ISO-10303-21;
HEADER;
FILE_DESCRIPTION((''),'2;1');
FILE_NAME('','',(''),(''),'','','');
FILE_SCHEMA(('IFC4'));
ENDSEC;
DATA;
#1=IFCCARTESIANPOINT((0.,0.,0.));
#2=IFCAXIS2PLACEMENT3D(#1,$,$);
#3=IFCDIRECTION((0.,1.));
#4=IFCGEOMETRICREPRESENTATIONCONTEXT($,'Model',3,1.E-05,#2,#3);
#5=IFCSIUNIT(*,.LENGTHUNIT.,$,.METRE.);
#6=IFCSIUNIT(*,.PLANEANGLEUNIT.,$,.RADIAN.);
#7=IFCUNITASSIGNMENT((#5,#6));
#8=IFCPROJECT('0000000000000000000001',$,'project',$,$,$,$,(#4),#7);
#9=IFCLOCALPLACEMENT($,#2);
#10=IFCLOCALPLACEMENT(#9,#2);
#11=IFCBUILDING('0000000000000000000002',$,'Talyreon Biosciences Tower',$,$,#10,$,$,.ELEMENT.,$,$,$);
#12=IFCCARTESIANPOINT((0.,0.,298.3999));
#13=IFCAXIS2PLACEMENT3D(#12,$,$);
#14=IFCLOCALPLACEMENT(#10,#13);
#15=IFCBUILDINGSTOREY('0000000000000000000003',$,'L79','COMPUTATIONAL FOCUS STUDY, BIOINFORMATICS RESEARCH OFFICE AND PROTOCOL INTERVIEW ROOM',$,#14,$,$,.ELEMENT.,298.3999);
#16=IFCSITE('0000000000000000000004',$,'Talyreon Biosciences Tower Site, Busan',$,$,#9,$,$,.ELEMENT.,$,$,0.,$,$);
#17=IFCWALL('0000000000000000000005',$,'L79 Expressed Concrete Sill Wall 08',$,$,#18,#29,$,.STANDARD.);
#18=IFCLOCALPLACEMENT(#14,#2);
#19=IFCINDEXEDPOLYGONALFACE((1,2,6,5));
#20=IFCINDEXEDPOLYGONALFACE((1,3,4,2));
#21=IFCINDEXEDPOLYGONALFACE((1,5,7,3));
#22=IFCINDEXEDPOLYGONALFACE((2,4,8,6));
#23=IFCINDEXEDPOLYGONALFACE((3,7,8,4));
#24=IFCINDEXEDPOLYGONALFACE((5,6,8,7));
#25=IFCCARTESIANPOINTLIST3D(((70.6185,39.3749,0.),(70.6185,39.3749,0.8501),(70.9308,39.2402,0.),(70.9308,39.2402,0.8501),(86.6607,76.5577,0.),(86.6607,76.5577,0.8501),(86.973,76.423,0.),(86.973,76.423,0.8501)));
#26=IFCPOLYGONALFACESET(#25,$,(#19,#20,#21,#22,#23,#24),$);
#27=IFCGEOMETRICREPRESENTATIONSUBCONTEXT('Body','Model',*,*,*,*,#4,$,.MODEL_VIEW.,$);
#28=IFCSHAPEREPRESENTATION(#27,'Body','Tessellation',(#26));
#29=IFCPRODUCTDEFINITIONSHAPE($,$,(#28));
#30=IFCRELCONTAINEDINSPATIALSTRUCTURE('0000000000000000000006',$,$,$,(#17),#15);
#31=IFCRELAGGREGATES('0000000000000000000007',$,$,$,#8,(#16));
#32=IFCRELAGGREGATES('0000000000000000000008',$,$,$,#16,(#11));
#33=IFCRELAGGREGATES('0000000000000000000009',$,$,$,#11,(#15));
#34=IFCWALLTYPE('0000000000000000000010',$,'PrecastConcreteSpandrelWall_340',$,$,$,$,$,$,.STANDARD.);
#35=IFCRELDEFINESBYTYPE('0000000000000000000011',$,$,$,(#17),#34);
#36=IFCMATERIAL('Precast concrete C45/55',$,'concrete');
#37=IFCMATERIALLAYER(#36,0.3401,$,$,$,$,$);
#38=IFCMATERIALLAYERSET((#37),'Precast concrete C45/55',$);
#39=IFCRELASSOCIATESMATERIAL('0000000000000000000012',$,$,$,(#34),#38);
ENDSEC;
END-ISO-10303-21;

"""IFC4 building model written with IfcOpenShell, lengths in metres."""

from ifc_helpers import new_model, si_unit, direction, frame, frame_2d, origin, place, context, subcontext, project, spatial, rectangle, extrude, material, layer, layer_set, type_object, element, save


model = new_model("IFC4")

# Units and contexts
model_context = context("Model", 3, precision=1e-05, world=origin(), true_north=direction((0.0, 1.0)))
body_context = subcontext(model_context, "Body", "Model", "MODEL_VIEW")
ifc_project = project(units=[si_unit("LENGTHUNIT", "METRE"), si_unit("PLANEANGLEUNIT", "RADIAN")], contexts=[model_context])

# Site, building, storey
site_placement = place(None, origin())
site = spatial("IfcSite", under=ifc_project, at=site_placement, Name="Talyreon Biosciences Tower Site, Busan", CompositionType="ELEMENT", RefElevation=0.0)
building_placement = place(site_placement, origin())
building = spatial("IfcBuilding", under=site, at=building_placement, Name="Talyreon Biosciences Tower", CompositionType="ELEMENT")
storey_placement = place(building_placement, frame((0.0, 0.0, 298.3999)))
storey = spatial("IfcBuildingStorey", under=building, at=storey_placement, Name="L79", Description="COMPUTATIONAL FOCUS STUDY, BIOINFORMATICS RESEARCH OFFICE AND PROTOCOL INTERVIEW ROOM", CompositionType="ELEMENT", Elevation=298.3999)

# Shared definitions
ifc_material_1 = material(Name="Precast concrete C45/55", Category="concrete")

# Wall
ifc_layer_1 = layer(ifc_material_1, 0.3401)
ifc_layer_set_1 = layer_set([ifc_layer_1], Name="Precast concrete C45/55")
wall_type_1 = type_object("IfcWallType", Name="PrecastConcreteSpandrelWall_340", PredefinedType="STANDARD", material=ifc_layer_set_1)
wall_1_placement = place(storey_placement, frame((86.8169, 76.4905, 0.0), z_axis=(0.0, 0.0, 1.0), x_axis=(-0.396145, -0.918188, 0.0)))
element("IfcWall", 1, at=wall_1_placement, inside=storey, type_object=wall_type_1, Name="L79 Expressed Concrete Sill Wall 08", PredefinedType="STANDARD", context=body_context, shape_type="SweptSolid", body=[
    extrude(rectangle(XDim=40.4958, YDim=0.3401, at=frame_2d((20.248, 0.0))), origin(), (0.0, 0.0, 1.0), 0.8501),
])

save(model, "model.ifc")
